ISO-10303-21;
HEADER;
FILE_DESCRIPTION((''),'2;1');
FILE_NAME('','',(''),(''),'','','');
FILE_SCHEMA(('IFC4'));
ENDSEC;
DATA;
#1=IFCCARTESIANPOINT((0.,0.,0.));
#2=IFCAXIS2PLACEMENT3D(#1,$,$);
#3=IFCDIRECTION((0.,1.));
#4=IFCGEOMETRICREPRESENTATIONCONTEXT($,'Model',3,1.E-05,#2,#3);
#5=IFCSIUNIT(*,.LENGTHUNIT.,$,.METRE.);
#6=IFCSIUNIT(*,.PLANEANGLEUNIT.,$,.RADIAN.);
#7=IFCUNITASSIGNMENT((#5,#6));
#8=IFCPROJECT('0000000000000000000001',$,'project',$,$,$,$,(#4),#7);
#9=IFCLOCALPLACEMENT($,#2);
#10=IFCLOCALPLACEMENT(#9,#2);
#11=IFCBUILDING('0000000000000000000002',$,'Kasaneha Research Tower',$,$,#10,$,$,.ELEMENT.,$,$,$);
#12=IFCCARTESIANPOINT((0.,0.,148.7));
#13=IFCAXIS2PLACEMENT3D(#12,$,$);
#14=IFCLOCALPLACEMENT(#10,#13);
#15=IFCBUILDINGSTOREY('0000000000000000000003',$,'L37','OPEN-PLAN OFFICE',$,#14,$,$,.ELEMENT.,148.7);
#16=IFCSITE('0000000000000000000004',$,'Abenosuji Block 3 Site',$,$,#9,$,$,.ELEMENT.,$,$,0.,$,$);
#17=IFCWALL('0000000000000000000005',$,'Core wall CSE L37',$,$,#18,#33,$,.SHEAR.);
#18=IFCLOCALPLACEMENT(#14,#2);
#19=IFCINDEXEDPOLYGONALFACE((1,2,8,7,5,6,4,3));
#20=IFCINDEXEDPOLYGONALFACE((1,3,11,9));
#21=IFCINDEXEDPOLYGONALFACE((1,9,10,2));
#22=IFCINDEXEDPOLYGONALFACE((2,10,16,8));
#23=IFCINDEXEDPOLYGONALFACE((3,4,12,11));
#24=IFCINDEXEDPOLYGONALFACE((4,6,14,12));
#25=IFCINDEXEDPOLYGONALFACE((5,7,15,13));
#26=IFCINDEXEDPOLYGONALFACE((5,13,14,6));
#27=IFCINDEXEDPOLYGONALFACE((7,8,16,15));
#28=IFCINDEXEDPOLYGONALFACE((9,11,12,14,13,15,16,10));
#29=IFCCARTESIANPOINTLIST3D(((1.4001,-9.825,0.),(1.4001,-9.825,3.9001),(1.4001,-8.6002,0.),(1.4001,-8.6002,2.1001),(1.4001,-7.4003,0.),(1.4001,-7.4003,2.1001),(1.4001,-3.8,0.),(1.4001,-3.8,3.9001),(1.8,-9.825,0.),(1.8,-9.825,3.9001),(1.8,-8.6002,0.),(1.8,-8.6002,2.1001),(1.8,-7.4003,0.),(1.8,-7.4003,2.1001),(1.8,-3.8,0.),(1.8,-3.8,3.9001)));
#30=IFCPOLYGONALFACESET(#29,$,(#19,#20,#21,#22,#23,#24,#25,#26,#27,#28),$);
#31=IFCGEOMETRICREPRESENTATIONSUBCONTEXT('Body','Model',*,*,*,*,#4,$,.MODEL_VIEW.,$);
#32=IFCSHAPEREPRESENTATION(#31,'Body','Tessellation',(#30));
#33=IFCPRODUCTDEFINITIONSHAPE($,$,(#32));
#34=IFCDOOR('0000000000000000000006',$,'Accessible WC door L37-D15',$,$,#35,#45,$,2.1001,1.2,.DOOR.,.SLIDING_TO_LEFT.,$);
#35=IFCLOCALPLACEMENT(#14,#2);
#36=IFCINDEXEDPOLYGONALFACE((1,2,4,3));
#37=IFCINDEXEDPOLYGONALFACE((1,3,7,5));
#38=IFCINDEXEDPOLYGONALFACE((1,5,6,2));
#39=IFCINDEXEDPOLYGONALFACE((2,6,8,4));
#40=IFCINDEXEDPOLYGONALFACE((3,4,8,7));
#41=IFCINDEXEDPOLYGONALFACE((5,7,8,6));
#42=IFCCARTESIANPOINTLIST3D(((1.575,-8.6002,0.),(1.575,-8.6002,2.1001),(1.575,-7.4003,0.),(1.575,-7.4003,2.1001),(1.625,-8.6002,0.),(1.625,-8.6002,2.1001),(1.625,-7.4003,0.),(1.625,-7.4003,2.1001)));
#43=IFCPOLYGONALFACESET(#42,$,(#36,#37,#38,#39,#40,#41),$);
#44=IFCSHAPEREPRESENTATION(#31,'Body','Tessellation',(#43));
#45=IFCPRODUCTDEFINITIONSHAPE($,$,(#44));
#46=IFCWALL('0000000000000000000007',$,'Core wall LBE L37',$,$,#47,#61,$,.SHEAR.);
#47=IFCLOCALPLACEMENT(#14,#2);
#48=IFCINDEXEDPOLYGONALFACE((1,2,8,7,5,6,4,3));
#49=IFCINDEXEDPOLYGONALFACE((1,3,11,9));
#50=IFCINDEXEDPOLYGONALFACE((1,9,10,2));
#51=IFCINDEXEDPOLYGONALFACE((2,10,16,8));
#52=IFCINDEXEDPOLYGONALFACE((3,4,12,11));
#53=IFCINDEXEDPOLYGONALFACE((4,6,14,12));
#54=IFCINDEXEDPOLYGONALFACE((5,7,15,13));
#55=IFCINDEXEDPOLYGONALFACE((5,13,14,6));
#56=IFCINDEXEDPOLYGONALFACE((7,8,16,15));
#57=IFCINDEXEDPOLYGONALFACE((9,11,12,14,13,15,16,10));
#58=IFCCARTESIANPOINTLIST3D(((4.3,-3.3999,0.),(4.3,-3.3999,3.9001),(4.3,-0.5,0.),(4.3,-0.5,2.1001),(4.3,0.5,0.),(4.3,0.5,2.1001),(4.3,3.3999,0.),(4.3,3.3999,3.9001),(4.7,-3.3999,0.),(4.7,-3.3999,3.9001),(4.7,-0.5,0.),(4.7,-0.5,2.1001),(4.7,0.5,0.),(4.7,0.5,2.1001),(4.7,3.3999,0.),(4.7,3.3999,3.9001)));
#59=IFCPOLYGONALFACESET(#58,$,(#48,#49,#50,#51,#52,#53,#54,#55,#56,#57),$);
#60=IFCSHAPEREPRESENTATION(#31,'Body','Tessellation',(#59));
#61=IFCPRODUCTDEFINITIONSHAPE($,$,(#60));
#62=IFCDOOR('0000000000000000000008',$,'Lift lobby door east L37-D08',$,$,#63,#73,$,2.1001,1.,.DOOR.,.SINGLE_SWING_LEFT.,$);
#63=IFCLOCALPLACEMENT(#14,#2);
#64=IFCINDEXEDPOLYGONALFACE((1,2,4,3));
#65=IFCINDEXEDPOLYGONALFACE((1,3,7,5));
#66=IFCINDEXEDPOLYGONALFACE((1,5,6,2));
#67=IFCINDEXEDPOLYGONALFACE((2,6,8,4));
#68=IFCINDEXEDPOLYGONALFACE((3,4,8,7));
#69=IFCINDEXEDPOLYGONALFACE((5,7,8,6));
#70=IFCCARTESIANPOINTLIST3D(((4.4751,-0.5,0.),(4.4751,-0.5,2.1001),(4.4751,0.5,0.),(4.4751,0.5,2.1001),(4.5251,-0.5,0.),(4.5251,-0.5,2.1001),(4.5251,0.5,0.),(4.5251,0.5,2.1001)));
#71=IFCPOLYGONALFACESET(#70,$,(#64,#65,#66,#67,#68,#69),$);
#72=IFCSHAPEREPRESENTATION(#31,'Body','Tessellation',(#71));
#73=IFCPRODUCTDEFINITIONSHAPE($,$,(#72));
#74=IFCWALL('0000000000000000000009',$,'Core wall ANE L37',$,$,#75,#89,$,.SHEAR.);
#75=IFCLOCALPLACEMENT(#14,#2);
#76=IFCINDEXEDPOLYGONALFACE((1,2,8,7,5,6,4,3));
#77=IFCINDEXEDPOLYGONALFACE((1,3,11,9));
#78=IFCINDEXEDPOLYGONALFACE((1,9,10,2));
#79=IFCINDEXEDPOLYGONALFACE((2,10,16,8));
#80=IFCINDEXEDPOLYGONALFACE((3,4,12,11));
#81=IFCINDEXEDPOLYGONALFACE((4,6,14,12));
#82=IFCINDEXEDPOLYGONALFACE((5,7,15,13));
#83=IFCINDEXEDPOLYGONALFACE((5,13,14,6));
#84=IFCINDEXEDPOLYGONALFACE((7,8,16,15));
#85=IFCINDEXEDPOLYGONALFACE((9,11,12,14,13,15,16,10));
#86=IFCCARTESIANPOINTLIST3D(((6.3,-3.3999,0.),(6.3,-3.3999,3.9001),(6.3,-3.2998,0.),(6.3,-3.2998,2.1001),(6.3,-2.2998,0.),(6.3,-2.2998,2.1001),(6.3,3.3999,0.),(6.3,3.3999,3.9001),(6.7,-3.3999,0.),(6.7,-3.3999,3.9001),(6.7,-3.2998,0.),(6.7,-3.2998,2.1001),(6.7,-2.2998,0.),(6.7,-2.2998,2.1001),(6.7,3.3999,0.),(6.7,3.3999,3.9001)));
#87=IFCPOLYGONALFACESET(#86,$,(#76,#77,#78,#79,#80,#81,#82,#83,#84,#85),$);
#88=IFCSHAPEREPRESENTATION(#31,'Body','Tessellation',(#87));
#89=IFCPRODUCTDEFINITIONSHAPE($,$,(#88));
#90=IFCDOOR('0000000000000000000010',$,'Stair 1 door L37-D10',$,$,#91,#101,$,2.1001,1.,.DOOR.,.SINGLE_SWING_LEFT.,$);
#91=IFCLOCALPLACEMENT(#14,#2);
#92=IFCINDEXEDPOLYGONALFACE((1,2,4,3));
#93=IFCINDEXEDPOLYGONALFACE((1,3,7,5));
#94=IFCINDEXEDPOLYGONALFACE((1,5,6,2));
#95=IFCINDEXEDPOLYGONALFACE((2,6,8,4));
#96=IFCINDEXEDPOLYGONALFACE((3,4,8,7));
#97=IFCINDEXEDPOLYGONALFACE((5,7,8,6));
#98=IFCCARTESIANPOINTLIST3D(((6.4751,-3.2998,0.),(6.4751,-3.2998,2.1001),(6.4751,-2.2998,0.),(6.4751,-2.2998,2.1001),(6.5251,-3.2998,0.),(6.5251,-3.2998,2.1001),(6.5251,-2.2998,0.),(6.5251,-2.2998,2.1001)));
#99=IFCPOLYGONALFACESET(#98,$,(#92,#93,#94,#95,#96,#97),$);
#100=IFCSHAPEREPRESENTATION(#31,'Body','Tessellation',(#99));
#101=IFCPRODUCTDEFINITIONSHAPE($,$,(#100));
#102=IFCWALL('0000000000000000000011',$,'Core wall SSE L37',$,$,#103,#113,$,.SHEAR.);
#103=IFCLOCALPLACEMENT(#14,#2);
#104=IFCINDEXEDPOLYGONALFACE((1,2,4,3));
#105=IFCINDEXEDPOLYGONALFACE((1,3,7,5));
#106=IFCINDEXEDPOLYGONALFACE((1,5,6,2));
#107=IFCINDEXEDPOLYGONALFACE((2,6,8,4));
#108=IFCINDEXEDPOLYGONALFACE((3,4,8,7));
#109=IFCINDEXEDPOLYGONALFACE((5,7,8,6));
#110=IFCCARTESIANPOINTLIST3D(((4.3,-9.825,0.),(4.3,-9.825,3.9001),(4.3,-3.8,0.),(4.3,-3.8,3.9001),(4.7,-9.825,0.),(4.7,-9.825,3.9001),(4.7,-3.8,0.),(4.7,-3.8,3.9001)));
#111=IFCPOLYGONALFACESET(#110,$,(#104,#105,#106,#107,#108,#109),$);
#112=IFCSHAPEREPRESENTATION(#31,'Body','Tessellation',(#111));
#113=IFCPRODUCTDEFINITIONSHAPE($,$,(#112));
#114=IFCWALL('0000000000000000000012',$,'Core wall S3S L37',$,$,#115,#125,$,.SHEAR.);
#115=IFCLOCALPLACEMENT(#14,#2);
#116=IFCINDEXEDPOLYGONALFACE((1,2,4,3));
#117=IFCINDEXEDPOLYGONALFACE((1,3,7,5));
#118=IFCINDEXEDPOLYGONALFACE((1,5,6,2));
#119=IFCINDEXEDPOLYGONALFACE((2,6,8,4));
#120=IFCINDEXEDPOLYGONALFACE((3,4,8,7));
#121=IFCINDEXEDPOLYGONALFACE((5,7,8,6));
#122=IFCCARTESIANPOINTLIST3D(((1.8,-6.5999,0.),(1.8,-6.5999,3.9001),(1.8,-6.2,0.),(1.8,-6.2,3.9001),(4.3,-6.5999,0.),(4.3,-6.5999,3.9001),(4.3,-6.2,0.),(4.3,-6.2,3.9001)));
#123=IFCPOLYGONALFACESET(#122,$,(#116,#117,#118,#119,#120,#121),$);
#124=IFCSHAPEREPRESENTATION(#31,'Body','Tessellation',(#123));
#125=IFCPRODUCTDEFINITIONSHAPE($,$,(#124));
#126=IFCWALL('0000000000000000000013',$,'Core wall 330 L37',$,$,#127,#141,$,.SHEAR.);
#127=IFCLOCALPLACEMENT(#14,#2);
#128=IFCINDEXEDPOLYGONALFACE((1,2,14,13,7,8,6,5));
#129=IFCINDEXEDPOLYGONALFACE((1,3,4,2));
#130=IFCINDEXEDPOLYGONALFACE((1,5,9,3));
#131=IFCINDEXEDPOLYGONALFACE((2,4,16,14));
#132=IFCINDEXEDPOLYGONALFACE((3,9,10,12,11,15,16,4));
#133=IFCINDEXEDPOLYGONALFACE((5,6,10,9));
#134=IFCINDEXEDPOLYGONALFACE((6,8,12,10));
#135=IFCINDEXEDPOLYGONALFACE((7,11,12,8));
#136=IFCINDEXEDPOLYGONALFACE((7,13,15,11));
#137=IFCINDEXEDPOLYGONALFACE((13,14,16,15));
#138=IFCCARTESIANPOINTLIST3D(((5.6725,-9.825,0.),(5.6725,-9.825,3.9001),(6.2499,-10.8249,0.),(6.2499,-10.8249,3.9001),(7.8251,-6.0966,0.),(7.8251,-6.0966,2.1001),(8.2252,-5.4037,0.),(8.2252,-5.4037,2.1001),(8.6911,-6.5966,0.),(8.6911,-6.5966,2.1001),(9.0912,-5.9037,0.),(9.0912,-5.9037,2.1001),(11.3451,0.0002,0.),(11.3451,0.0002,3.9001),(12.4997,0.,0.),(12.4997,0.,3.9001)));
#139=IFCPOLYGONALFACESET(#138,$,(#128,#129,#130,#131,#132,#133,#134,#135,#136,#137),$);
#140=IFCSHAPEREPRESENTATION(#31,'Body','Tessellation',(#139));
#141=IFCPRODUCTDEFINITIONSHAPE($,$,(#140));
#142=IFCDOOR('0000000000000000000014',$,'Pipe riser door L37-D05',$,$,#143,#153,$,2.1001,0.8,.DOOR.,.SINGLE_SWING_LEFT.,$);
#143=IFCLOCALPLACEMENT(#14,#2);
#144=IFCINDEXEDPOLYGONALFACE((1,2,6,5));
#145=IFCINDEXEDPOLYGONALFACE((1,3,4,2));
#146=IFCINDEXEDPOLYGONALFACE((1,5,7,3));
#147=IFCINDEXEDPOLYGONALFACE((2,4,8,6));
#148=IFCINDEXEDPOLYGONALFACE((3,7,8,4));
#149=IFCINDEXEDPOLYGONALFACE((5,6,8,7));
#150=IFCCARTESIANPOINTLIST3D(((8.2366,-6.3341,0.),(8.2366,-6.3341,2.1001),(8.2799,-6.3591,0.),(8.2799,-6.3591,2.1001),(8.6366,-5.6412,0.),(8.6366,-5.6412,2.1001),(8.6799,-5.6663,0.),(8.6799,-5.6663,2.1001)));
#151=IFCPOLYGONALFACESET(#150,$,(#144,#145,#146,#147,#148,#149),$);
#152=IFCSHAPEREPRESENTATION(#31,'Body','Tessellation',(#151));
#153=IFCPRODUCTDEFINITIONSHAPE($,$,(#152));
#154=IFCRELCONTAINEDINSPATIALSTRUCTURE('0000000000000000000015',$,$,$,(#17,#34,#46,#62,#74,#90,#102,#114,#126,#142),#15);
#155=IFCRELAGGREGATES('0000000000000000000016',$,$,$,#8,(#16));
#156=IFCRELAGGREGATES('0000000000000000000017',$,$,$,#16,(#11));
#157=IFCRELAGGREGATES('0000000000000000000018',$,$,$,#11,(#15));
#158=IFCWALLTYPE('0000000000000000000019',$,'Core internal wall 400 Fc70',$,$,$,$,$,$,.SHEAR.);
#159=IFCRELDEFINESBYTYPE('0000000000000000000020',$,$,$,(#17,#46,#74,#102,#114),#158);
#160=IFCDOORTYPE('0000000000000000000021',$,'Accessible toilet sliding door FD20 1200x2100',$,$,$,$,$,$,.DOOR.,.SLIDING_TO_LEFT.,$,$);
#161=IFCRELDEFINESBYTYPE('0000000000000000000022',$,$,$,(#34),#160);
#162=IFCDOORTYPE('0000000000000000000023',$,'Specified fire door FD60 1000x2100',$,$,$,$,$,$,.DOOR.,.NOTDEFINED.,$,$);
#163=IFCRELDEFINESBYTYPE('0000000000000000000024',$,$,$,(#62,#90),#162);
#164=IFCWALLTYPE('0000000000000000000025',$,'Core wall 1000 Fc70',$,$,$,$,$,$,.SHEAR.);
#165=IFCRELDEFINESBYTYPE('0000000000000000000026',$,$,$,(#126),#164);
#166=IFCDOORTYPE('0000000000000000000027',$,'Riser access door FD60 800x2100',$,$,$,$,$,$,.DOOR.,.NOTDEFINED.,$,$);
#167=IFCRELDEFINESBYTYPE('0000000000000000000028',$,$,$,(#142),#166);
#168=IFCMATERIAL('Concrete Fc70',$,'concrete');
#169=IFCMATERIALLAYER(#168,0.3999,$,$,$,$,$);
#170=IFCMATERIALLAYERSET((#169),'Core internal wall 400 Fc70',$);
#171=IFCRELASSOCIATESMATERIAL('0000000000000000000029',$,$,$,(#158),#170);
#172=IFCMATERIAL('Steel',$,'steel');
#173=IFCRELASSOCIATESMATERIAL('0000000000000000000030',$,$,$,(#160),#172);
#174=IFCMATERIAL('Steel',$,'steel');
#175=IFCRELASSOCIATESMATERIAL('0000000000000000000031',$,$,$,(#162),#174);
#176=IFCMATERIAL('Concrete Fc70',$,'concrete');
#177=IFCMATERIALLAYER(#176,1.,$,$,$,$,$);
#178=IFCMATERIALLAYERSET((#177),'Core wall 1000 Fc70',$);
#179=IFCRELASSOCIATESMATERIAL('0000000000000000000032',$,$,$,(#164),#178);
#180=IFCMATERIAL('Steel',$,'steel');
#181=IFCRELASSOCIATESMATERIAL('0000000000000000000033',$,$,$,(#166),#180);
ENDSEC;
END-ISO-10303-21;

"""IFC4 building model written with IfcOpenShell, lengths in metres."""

from ifc_helpers import new_model, si_unit, direction, frame, frame_2d, origin, place, context, subcontext, project, spatial, polyline, rectangle, outline, extrude, material, layer, layer_set, type_object, element, fill, save


model = new_model("IFC4")

# Units and contexts
model_context = context("Model", 3, precision=1e-05, world=origin(), true_north=direction((0.0, 1.0)))
body_context = subcontext(model_context, "Body", "Model", "MODEL_VIEW")
ifc_project = project(units=[si_unit("LENGTHUNIT", "METRE"), si_unit("PLANEANGLEUNIT", "RADIAN")], contexts=[model_context])

# Site, building, storey
site_placement = place(None, origin())
site = spatial("IfcSite", under=ifc_project, at=site_placement, Name="Abenosuji Block 3 Site", CompositionType="ELEMENT", RefElevation=0.0)
building_placement = place(site_placement, origin())
building = spatial("IfcBuilding", under=site, at=building_placement, Name="Kasaneha Research Tower", CompositionType="ELEMENT")
storey_placement = place(building_placement, frame((0.0, 0.0, 148.7)))
storey = spatial("IfcBuildingStorey", under=building, at=storey_placement, Name="L37", Description="OPEN-PLAN OFFICE", CompositionType="ELEMENT", Elevation=148.7)

# Walls, openings, doors
ifc_material_1 = material(Name="Concrete Fc70", Category="concrete")
ifc_layer_1 = layer(ifc_material_1, 0.3999)
ifc_layer_set_1 = layer_set([ifc_layer_1], Name="Core internal wall 400 Fc70")
wall_type_1 = type_object("IfcWallType", Name="Core internal wall 400 Fc70", PredefinedType="SHEAR", material=ifc_layer_set_1)
wall_1_placement = place(storey_placement, frame((1.6001, -3.8, 0.0), z_axis=(0.0, 0.0, 1.0), x_axis=(0.0, -1.0, 0.0)))
wall_1 = element("IfcWall", 1, at=wall_1_placement, inside=storey, type_object=wall_type_1, Name="Core wall CSE L37", PredefinedType="SHEAR", context=body_context, shape_type="SweptSolid", body=[
    extrude(rectangle(XDim=6.0249, YDim=0.3999, at=frame_2d((3.0125, 0.0))), origin(), (0.0, 0.0, 1.0), 3.9001),
])
opening_1_placement = place(wall_1_placement, frame((3.6001, 0.0, 0.0)))
opening_1 = element("IfcOpeningElement", 2, at=opening_1_placement, cuts=wall_1, PredefinedType="OPENING", context=body_context, shape_type="SweptSolid", body=[
    extrude(rectangle(XDim=1.2, YDim=2.1001, at=frame_2d((0.6001, 1.05))), frame((0.0, 0.21, 0.0), z_axis=(0.0, -1.0, 0.0), x_axis=(1.0, 0.0, 0.0)), (0.0, 0.0, 1.0), 0.4199),
])
ifc_material_2 = material(Name="Steel", Category="steel")
door_type_1 = type_object("IfcDoorType", Name="Accessible toilet sliding door FD20 1200x2100", OperationType="SLIDING_TO_LEFT", PredefinedType="DOOR", material=ifc_material_2)
door_1_placement = place(opening_1_placement, origin())
door_1 = element("IfcDoor", 3, at=door_1_placement, inside=storey, type_object=door_type_1, Name="Accessible WC door L37-D15", OperationType="SLIDING_TO_LEFT", OverallHeight=2.1001, OverallWidth=1.2, PredefinedType="DOOR", context=body_context, shape_type="SweptSolid", body=[
    extrude(rectangle(XDim=1.2, YDim=2.1001, at=frame_2d((0.6001, 1.05))), frame((0.0, 0.0249, 0.0), z_axis=(0.0, -1.0, 0.0), x_axis=(1.0, 0.0, 0.0)), (0.0, 0.0, 1.0), 0.05),
])
fill(opening_1, door_1)
wall_2_placement = place(storey_placement, frame((4.5, -3.3999, 0.0), z_axis=(0.0, 0.0, 1.0), x_axis=(0.0, 1.0, 0.0)))
wall_2 = element("IfcWall", 4, at=wall_2_placement, inside=storey, type_object=wall_type_1, Name="Core wall LBE L37", PredefinedType="SHEAR", context=body_context, shape_type="SweptSolid", body=[
    extrude(rectangle(XDim=6.7998, YDim=0.3999, at=frame_2d((3.3999, 0.0))), origin(), (0.0, 0.0, 1.0), 3.9001),
])
opening_2_placement = place(wall_2_placement, frame((2.8999, 0.0, 0.0)))
opening_2 = element("IfcOpeningElement", 5, at=opening_2_placement, cuts=wall_2, PredefinedType="OPENING", context=body_context, shape_type="SweptSolid", body=[
    extrude(rectangle(XDim=1.0, YDim=2.1001, at=frame_2d((0.5, 1.05))), frame((0.0, 0.21, 0.0), z_axis=(0.0, -1.0, 0.0), x_axis=(1.0, 0.0, 0.0)), (0.0, 0.0, 1.0), 0.4199),
])
ifc_material_3 = material(Name="Steel", Category="steel")
door_type_2 = type_object("IfcDoorType", Name="Specified fire door FD60 1000x2100", OperationType="NOTDEFINED", PredefinedType="DOOR", material=ifc_material_3)
door_2_placement = place(opening_2_placement, origin())
door_2 = element("IfcDoor", 6, at=door_2_placement, inside=storey, type_object=door_type_2, Name="Lift lobby door east L37-D08", OperationType="SINGLE_SWING_LEFT", OverallHeight=2.1001, OverallWidth=1.0, PredefinedType="DOOR", context=body_context, shape_type="SweptSolid", body=[
    extrude(rectangle(XDim=1.0, YDim=2.1001, at=frame_2d((0.5, 1.05))), frame((0.0, 0.0249, 0.0), z_axis=(0.0, -1.0, 0.0), x_axis=(1.0, 0.0, 0.0)), (0.0, 0.0, 1.0), 0.05),
])
fill(opening_2, door_2)
wall_3_placement = place(storey_placement, frame((6.5, -3.3999, 0.0), z_axis=(0.0, 0.0, 1.0), x_axis=(0.0, 1.0, 0.0)))
wall_3 = element("IfcWall", 7, at=wall_3_placement, inside=storey, type_object=wall_type_1, Name="Core wall ANE L37", PredefinedType="SHEAR", context=body_context, shape_type="SweptSolid", body=[
    extrude(rectangle(XDim=6.7998, YDim=0.3999, at=frame_2d((3.3999, 0.0))), origin(), (0.0, 0.0, 1.0), 3.9001),
])
opening_3_placement = place(wall_3_placement, frame((0.1001, 0.0, 0.0)))
opening_3 = element("IfcOpeningElement", 8, at=opening_3_placement, cuts=wall_3, PredefinedType="OPENING", context=body_context, shape_type="SweptSolid", body=[
    extrude(rectangle(XDim=1.0, YDim=2.1001, at=frame_2d((0.5, 1.05))), frame((0.0, 0.21, 0.0), z_axis=(0.0, -1.0, 0.0), x_axis=(1.0, 0.0, 0.0)), (0.0, 0.0, 1.0), 0.4199),
])
door_3_placement = place(opening_3_placement, origin())
door_3 = element("IfcDoor", 9, at=door_3_placement, inside=storey, type_object=door_type_2, Name="Stair 1 door L37-D10", OperationType="SINGLE_SWING_LEFT", OverallHeight=2.1001, OverallWidth=1.0, PredefinedType="DOOR", context=body_context, shape_type="SweptSolid", body=[
    extrude(rectangle(XDim=1.0, YDim=2.1001, at=frame_2d((0.5, 1.05))), frame((0.0, 0.0249, 0.0), z_axis=(0.0, -1.0, 0.0), x_axis=(1.0, 0.0, 0.0)), (0.0, 0.0, 1.0), 0.05),
])
fill(opening_3, door_3)

# Walls
wall_4_placement = place(storey_placement, frame((4.5, -3.8, 0.0), z_axis=(0.0, 0.0, 1.0), x_axis=(0.0, -1.0, 0.0)))
element("IfcWall", 10, at=wall_4_placement, inside=storey, type_object=wall_type_1, Name="Core wall SSE L37", PredefinedType="SHEAR", context=body_context, shape_type="SweptSolid", body=[
    extrude(rectangle(XDim=6.0249, YDim=0.3999, at=frame_2d((3.0125, 0.0))), origin(), (0.0, 0.0, 1.0), 3.9001),
])
wall_5_placement = place(storey_placement, frame((1.8, -6.3999, 0.0), z_axis=(0.0, 0.0, 1.0), x_axis=(1.0, 0.0, 0.0)))
element("IfcWall", 11, at=wall_5_placement, inside=storey, type_object=wall_type_1, Name="Core wall S3S L37", PredefinedType="SHEAR", context=body_context, shape_type="SweptSolid", body=[
    extrude(rectangle(XDim=2.5, YDim=0.3999, at=frame_2d((1.25, 0.0))), origin(), (0.0, 0.0, 1.0), 3.9001),
])

# Wall, opening, door
ifc_material_4 = material(Name="Concrete Fc70", Category="concrete")
ifc_layer_2 = layer(ifc_material_4, 1.0)
ifc_layer_set_2 = layer_set([ifc_layer_2], Name="Core wall 1000 Fc70")
wall_type_2 = type_object("IfcWallType", Name="Core wall 1000 Fc70", PredefinedType="SHEAR", material=ifc_layer_set_2)
wall_6_placement = place(storey_placement, frame((5.9612, -10.325, 0.0), z_axis=(0.0, 0.0, 1.0), x_axis=(0.500004, 0.866023, 0.0)))
wall_6 = element("IfcWall", 12, at=wall_6_placement, inside=storey, type_object=wall_type_2, Name="Core wall 330 L37", PredefinedType="SHEAR", context=body_context, shape_type="SweptSolid", body=[
    extrude(outline(polyline([(-0.2886, -0.5), (4.594, -0.5), (5.394, -0.5), (12.2109, -0.5), (11.6338, 0.5), (5.394, 0.5), (4.594, 0.5), (0.2886, 0.5), (-0.2886, -0.5)])), origin(), (0.0, 0.0, 1.0), 3.9001),
])
opening_4_placement = place(wall_6_placement, frame((4.594, 0.0, 0.0)))
opening_4 = element("IfcOpeningElement", 13, at=opening_4_placement, cuts=wall_6, PredefinedType="OPENING", context=body_context, shape_type="SweptSolid", body=[
    extrude(rectangle(XDim=0.8, YDim=2.1001, at=frame_2d((0.3999, 1.05))), frame((0.0, 0.51, 0.0), z_axis=(0.0, -1.0, 0.0), x_axis=(1.0, 0.0, 0.0)), (0.0, 0.0, 1.0), 1.02),
])
ifc_material_5 = material(Name="Steel", Category="steel")
door_type_3 = type_object("IfcDoorType", Name="Riser access door FD60 800x2100", OperationType="NOTDEFINED", PredefinedType="DOOR", material=ifc_material_5)
door_4_placement = place(opening_4_placement, origin())
door_4 = element("IfcDoor", 14, at=door_4_placement, inside=storey, type_object=door_type_3, Name="Pipe riser door L37-D05", OperationType="SINGLE_SWING_LEFT", OverallHeight=2.1001, OverallWidth=0.8, PredefinedType="DOOR", context=body_context, shape_type="SweptSolid", body=[
    extrude(rectangle(XDim=0.8, YDim=2.1001, at=frame_2d((0.3999, 1.05))), frame((0.0, 0.0249, 0.0), z_axis=(0.0, -1.0, 0.0), x_axis=(1.0, 0.0, 0.0)), (0.0, 0.0, 1.0), 0.05),
])
fill(opening_4, door_4)

save(model, "model.ifc")
